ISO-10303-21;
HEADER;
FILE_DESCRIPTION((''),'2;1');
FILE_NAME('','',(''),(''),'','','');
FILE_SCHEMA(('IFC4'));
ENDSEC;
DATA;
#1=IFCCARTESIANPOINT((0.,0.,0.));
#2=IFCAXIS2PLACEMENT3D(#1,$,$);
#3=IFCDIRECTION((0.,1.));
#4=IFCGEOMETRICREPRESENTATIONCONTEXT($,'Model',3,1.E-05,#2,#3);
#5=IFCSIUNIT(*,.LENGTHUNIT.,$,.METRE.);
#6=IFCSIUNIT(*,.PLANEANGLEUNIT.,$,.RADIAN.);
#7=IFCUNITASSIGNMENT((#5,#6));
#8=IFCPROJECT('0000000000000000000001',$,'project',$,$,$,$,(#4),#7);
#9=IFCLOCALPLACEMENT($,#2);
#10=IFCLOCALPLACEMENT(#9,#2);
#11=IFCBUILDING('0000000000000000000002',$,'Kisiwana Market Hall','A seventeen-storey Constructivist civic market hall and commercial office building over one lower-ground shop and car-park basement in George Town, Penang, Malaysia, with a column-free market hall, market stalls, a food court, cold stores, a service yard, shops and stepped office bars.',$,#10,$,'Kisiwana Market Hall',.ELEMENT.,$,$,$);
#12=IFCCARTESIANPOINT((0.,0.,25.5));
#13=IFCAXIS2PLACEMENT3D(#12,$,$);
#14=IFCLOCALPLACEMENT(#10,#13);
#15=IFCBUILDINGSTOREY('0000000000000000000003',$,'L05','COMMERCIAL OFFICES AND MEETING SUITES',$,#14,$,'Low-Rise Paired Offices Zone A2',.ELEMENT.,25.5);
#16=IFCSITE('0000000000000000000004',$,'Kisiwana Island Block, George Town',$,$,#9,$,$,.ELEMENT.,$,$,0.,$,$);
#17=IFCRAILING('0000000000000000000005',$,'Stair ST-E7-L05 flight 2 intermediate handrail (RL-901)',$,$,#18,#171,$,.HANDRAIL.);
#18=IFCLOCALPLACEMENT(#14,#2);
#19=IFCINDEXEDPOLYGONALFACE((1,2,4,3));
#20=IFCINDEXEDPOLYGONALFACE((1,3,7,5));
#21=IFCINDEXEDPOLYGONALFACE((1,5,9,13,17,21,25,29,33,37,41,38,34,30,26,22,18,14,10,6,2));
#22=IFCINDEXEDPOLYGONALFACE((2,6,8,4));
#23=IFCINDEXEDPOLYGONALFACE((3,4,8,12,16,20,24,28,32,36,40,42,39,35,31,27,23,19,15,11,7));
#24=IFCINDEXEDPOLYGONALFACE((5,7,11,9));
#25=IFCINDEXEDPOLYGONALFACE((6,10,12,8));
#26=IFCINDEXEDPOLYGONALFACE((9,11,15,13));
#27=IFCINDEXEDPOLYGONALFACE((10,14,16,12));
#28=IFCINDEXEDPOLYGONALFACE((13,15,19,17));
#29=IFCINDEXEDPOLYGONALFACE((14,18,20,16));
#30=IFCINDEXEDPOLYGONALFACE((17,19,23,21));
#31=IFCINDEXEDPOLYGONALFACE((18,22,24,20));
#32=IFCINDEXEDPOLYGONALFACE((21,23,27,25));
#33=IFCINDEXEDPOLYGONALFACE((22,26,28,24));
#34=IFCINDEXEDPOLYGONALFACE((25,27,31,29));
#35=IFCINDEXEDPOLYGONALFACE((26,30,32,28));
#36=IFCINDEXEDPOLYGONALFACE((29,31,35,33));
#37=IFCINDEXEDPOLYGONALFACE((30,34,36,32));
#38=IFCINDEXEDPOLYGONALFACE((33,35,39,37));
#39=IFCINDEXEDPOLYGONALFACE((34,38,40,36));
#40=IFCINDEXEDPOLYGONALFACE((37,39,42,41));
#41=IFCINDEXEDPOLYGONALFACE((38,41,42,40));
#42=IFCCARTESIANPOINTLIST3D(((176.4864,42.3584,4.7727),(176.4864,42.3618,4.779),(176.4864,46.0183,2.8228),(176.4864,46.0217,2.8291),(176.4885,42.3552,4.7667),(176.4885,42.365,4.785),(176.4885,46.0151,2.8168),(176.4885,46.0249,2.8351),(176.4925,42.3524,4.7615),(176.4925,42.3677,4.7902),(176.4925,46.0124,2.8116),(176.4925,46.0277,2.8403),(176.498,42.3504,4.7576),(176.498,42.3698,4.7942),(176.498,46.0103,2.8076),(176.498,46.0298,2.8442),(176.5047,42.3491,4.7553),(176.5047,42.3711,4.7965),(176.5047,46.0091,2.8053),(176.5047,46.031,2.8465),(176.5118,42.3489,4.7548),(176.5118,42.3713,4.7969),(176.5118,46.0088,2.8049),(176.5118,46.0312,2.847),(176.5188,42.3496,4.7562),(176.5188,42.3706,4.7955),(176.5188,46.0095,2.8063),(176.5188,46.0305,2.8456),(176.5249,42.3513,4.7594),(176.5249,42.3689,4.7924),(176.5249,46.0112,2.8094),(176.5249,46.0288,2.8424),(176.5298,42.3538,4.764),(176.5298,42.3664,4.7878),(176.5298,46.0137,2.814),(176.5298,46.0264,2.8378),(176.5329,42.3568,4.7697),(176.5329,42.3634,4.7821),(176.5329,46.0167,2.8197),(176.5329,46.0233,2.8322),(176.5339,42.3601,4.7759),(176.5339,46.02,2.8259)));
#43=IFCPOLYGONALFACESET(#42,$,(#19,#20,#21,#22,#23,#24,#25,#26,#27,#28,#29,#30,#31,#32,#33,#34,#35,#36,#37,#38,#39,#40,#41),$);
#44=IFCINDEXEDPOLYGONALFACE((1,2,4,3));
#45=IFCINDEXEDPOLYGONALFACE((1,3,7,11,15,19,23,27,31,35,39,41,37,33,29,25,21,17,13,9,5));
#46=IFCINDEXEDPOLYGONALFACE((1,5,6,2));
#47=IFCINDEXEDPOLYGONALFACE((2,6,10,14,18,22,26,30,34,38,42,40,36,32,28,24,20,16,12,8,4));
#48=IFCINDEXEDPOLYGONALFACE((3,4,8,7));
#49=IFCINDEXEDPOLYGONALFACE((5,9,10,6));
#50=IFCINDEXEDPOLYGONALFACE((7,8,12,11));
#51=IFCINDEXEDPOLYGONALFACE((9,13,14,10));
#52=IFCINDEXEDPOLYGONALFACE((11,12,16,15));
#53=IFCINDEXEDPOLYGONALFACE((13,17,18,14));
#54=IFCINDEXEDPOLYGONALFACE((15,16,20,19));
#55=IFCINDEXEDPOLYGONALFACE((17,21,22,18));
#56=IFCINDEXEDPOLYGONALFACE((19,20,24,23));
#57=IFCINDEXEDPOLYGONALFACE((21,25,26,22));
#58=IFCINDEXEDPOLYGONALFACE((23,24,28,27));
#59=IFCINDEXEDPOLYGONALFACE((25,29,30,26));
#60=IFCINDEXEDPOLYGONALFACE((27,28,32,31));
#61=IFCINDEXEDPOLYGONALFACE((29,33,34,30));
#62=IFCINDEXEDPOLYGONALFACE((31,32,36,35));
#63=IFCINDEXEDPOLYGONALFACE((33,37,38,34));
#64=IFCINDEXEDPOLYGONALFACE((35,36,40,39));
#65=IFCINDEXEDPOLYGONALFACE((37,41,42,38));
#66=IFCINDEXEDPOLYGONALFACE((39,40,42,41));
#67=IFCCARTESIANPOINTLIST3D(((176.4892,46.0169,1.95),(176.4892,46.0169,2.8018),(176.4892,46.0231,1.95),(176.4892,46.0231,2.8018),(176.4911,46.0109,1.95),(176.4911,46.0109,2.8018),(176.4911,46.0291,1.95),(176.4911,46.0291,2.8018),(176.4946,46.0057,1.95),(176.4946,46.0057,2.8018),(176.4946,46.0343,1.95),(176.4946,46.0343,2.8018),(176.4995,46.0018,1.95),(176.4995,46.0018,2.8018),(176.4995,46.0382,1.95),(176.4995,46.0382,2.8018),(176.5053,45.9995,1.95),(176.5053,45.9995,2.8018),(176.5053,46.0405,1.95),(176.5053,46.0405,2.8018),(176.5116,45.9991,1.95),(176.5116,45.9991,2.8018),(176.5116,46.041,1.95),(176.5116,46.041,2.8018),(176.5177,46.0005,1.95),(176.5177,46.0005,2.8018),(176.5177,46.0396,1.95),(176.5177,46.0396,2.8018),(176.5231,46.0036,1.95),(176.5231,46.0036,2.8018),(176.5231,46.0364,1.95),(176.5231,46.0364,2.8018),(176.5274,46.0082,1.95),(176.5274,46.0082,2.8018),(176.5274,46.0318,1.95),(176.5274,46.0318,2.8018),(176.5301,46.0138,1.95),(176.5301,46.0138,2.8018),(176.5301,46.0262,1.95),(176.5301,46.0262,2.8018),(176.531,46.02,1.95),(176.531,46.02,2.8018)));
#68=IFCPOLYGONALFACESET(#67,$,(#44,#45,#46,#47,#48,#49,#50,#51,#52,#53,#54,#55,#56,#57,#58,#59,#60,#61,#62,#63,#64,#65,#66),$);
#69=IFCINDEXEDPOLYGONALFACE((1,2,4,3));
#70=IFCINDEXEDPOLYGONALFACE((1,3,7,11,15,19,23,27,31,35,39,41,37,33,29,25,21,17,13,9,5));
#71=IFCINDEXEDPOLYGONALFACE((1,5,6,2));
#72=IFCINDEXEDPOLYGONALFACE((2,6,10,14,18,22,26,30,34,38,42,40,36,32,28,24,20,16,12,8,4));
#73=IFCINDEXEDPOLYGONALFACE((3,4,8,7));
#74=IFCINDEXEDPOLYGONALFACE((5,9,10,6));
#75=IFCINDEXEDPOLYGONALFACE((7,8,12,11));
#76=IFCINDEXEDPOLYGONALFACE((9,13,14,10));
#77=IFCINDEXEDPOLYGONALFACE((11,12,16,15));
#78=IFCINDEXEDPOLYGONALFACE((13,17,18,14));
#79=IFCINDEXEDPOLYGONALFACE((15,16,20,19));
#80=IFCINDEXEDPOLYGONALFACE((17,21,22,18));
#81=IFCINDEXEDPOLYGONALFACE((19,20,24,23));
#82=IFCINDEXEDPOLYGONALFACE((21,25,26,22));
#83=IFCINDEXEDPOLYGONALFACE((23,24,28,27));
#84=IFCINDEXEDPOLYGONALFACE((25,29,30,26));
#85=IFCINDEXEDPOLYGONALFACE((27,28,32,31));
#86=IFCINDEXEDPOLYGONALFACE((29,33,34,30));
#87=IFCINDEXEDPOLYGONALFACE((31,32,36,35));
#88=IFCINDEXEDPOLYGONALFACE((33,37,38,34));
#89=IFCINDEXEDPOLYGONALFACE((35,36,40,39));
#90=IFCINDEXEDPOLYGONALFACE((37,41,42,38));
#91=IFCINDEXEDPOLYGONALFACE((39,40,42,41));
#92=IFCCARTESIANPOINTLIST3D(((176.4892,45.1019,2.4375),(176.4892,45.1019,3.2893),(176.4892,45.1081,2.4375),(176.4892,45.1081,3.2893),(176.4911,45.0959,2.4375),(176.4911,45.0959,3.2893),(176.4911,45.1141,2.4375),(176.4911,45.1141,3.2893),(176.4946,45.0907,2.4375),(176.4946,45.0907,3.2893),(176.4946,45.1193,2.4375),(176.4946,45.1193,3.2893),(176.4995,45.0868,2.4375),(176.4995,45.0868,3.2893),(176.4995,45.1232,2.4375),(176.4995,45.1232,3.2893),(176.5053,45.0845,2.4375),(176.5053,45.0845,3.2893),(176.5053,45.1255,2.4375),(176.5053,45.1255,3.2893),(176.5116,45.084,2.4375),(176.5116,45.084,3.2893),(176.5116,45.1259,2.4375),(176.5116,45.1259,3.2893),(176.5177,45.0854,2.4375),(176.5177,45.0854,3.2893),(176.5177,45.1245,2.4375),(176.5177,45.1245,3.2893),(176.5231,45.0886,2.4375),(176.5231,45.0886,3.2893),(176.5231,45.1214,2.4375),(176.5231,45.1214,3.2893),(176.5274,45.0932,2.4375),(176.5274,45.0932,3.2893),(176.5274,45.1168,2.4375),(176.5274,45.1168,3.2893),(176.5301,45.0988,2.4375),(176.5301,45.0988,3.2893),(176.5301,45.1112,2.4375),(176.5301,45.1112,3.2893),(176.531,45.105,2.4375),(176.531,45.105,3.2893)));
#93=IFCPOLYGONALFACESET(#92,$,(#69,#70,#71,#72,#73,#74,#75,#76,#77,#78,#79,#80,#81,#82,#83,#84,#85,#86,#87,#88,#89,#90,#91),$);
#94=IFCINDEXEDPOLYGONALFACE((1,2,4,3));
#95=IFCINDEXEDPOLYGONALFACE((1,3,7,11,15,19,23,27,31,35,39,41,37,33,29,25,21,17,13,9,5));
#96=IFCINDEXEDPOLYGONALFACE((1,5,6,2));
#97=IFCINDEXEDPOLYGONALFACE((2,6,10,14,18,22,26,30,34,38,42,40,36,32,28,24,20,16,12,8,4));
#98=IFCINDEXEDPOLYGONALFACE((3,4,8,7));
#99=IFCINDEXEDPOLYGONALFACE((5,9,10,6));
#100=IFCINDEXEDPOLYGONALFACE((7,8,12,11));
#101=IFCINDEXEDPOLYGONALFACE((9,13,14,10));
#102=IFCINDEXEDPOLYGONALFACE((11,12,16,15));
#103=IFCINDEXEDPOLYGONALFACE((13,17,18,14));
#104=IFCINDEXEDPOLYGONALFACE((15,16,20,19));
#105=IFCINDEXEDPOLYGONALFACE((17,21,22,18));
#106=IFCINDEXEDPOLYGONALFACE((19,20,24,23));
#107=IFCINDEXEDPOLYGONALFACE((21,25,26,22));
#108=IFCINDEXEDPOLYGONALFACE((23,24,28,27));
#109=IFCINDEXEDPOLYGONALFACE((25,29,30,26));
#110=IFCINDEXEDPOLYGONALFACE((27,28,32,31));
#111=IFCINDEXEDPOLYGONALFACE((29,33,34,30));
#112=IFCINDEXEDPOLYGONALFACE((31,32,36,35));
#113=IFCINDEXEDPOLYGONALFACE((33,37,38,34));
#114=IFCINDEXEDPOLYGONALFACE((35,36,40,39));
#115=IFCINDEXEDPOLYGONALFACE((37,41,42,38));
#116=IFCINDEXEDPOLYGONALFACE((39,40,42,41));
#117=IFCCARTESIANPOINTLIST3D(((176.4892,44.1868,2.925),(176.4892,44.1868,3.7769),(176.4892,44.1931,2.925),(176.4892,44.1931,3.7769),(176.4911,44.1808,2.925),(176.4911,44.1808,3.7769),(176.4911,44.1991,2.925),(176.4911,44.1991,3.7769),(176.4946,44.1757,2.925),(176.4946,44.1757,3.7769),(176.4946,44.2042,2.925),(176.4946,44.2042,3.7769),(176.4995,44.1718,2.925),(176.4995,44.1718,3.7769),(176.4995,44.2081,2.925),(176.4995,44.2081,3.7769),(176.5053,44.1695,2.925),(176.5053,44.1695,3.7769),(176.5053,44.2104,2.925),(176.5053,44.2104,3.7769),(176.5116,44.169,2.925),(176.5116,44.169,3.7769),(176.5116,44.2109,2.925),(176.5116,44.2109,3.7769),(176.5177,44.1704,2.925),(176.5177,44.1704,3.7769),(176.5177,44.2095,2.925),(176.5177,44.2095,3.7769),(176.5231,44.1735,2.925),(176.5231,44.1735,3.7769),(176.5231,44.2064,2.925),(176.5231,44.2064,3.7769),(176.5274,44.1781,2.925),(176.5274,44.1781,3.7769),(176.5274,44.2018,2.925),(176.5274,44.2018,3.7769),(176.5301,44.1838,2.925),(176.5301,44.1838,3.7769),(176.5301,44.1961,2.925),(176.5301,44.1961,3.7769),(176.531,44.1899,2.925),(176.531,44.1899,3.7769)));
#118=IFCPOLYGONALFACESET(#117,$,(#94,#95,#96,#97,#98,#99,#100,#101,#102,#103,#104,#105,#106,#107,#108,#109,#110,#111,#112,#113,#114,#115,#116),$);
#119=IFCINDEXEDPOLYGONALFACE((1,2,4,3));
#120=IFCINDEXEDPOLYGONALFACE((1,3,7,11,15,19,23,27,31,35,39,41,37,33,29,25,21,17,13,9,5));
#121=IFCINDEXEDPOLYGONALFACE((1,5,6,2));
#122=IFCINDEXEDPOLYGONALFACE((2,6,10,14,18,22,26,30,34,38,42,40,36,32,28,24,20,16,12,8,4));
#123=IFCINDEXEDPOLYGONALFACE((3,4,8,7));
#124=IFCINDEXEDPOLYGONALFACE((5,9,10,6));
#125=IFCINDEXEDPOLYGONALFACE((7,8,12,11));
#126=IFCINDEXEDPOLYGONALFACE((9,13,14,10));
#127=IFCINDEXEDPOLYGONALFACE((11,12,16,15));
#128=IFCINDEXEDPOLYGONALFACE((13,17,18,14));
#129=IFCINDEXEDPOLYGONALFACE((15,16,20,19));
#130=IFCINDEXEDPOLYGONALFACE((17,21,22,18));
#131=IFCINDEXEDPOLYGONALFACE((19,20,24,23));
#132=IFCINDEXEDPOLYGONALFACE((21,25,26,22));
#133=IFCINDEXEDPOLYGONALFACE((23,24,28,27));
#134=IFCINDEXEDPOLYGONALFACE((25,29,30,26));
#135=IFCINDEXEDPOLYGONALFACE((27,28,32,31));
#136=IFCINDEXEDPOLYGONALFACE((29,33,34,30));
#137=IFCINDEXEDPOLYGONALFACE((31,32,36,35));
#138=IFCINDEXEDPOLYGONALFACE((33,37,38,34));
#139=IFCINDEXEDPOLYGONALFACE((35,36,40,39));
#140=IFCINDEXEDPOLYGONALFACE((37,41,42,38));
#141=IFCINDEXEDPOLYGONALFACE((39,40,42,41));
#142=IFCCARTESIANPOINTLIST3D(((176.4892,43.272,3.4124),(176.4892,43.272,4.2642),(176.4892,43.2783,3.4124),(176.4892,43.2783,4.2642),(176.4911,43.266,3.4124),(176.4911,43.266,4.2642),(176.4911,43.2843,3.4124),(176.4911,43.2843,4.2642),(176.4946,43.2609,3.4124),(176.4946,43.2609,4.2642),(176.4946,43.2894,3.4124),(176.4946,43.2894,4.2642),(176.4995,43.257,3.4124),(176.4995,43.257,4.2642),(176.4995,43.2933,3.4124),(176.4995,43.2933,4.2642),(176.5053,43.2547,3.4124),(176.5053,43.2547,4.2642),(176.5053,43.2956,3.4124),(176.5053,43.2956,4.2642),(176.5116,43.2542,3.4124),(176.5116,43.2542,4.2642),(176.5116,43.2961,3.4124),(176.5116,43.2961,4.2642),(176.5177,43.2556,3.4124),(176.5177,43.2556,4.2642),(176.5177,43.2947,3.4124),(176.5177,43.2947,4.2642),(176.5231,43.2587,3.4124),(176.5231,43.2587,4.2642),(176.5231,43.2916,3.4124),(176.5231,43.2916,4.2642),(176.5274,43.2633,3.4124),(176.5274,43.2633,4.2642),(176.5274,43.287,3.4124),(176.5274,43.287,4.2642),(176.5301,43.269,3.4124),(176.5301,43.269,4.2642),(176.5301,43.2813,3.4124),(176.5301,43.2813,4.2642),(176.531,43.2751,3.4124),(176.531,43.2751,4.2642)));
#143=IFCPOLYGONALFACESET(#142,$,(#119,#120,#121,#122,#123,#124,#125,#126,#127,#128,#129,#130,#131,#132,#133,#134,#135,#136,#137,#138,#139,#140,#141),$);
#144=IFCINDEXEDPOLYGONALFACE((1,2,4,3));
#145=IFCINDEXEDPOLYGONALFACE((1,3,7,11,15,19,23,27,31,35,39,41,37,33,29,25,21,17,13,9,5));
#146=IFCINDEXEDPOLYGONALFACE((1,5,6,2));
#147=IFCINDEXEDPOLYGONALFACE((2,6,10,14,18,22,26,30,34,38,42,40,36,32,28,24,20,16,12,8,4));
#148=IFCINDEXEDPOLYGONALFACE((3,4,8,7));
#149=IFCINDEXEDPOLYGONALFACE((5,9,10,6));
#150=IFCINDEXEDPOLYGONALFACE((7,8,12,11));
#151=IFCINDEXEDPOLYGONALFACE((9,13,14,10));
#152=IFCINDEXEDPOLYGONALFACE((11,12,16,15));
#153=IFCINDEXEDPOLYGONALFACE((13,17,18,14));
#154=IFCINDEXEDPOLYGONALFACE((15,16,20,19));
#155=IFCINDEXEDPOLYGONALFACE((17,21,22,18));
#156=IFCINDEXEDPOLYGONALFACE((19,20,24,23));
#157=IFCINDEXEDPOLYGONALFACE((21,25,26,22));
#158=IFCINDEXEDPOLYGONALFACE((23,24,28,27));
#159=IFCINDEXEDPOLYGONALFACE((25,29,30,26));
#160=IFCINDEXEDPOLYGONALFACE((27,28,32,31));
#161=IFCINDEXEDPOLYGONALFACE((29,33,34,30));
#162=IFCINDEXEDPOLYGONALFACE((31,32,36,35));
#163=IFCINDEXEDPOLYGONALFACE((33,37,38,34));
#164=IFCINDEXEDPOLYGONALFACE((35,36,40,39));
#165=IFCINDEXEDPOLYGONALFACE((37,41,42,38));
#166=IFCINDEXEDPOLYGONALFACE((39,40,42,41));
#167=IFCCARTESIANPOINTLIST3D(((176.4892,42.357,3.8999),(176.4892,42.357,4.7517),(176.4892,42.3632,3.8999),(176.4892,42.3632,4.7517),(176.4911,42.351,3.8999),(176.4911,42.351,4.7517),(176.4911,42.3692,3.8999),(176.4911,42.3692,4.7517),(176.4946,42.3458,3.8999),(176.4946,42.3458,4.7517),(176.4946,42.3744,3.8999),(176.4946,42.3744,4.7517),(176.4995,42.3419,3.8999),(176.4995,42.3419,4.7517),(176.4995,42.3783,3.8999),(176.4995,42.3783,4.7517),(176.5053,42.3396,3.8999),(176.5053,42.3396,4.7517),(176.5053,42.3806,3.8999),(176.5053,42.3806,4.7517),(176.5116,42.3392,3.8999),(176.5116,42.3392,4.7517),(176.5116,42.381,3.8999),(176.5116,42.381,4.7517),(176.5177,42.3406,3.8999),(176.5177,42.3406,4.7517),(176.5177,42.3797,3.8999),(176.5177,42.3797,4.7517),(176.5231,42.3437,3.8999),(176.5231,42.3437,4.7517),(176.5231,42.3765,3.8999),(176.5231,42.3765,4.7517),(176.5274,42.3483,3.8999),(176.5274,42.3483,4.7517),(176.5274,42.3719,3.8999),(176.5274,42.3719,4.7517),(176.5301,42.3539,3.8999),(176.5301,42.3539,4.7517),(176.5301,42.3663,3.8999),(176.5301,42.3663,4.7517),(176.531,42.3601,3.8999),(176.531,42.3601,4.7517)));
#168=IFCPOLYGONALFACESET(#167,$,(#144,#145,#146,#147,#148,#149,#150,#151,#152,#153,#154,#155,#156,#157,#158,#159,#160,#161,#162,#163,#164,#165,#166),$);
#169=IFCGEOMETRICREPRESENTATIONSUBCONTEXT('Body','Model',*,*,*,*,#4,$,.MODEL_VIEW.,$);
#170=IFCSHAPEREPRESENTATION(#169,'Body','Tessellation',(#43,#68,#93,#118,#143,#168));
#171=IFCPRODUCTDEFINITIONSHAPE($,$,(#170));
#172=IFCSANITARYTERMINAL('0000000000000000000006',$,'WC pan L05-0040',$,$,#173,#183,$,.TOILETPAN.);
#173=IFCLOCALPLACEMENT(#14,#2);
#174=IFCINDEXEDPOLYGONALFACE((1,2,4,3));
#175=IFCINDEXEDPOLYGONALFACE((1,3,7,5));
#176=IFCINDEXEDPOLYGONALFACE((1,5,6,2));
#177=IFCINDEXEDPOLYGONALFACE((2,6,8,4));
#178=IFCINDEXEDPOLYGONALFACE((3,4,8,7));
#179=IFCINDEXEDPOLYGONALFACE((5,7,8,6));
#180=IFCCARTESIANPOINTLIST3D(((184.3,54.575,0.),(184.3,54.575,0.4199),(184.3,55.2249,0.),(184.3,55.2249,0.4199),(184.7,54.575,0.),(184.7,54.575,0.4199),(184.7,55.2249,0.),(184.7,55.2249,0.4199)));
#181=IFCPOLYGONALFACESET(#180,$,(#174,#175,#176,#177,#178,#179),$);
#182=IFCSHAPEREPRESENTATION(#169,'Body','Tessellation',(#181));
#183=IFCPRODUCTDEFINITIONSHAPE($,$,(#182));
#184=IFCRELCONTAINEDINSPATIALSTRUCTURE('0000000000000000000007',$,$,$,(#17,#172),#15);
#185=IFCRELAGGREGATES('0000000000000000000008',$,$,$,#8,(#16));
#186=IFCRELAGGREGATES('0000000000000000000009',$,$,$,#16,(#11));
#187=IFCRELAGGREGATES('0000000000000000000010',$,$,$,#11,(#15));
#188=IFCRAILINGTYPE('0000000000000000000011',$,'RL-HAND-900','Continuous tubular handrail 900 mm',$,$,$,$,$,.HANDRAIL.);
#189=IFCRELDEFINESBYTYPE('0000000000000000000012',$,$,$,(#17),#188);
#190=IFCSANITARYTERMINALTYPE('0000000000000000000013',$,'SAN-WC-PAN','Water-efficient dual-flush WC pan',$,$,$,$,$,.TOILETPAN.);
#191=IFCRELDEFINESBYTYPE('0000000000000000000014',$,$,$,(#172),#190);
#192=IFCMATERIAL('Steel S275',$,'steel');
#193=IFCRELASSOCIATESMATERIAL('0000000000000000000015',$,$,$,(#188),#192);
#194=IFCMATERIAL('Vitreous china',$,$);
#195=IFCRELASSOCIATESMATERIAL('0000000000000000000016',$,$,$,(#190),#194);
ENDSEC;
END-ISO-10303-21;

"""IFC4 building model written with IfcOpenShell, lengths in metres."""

from ifc_helpers import new_model, si_unit, direction, frame, origin, origin_2d, place, context, subcontext, project, spatial, rectangle, circle, extrude, material, type_object, element, save


model = new_model("IFC4")

# Units and contexts
model_context = context("Model", 3, precision=1e-05, world=origin(), true_north=direction((0.0, 1.0)))
body_context = subcontext(model_context, "Body", "Model", "MODEL_VIEW")
ifc_project = project(units=[si_unit("LENGTHUNIT", "METRE"), si_unit("PLANEANGLEUNIT", "RADIAN")], contexts=[model_context])

# Site, building, storey
site_placement = place(None, origin())
site = spatial("IfcSite", under=ifc_project, at=site_placement, Name="Kisiwana Island Block, George Town", CompositionType="ELEMENT", RefElevation=0.0)
building_placement = place(site_placement, origin())
building = spatial("IfcBuilding", under=site, at=building_placement, Name="Kisiwana Market Hall", Description="A seventeen-storey Constructivist civic market hall and commercial office building over one lower-ground shop and car-park basement in George Town, Penang, Malaysia, with a column-free market hall, market stalls, a food court, cold stores, a service yard, shops and stepped office bars.", LongName="Kisiwana Market Hall", CompositionType="ELEMENT")
storey_placement = place(building_placement, frame((0.0, 0.0, 25.5)))
storey = spatial("IfcBuildingStorey", under=building, at=storey_placement, Name="L05", Description="COMMERCIAL OFFICES AND MEETING SUITES", LongName="Low-Rise Paired Offices Zone A2", CompositionType="ELEMENT", Elevation=25.5)

# Railing
ifc_material_1 = material(Name="Steel S275", Category="steel")
railing_type_1 = type_object("IfcRailingType", Name="RL-HAND-900", Description="Continuous tubular handrail 900 mm", PredefinedType="HANDRAIL", material=ifc_material_1)
for number, where, name in (
    (1, (176.51, 46.02, 1.95), "Stair ST-E7-L05 flight 2 intermediate handrail (RL-901)"),
):
    element("IfcRailing", number, at=place(storey_placement, frame(where)), inside=storey, type_object=railing_type_1, Name=name, PredefinedType="HANDRAIL", context=body_context, shape_type="SweptSolid", body=[
        extrude(circle(Radius=0.0239, at=origin_2d()), frame((0.0, 0.0, 0.876), z_axis=(0.0, -0.882553, 0.470212), x_axis=(1.0, 0.0, 0.0)), (0.0, 0.0, 1.0), 4.147),
        extrude(circle(Radius=0.021, at=origin_2d()), origin(), (0.0, 0.0, 1.0), 0.8518),
        extrude(circle(Radius=0.021, at=origin_2d()), frame((0.0, -0.915, 0.4875)), (0.0, 0.0, 1.0), 0.8518),
        extrude(circle(Radius=0.021, at=origin_2d()), frame((0.0, -1.8301, 0.9751)), (0.0, 0.0, 1.0), 0.8518),
        extrude(circle(Radius=0.021, at=origin_2d()), frame((0.0, -2.7449, 1.4624)), (0.0, 0.0, 1.0), 0.8518),
        extrude(circle(Radius=0.021, at=origin_2d()), frame((0.0, -3.6599, 1.95)), (0.0, 0.0, 1.0), 0.8518),
    ])

# Sanitary terminal
ifc_material_2 = material(Name="Vitreous china")
sanitary_terminal_type = type_object("IfcSanitaryTerminalType", Name="SAN-WC-PAN", Description="Water-efficient dual-flush WC pan", PredefinedType="TOILETPAN", material=ifc_material_2)
sanitary_terminal_placement = place(storey_placement, frame((184.5, 54.8999, 0.0), z_axis=(0.0, 0.0, 1.0), x_axis=(1.0, 0.0, 0.0)))
element("IfcSanitaryTerminal", 2, at=sanitary_terminal_placement, inside=storey, type_object=sanitary_terminal_type, Name="WC pan L05-0040", PredefinedType="TOILETPAN", context=body_context, shape_type="SweptSolid", body=[
    extrude(rectangle(XDim=0.3999, YDim=0.6499, at=origin_2d()), origin(), (0.0, 0.0, 1.0), 0.4199),
])

save(model, "model.ifc")
